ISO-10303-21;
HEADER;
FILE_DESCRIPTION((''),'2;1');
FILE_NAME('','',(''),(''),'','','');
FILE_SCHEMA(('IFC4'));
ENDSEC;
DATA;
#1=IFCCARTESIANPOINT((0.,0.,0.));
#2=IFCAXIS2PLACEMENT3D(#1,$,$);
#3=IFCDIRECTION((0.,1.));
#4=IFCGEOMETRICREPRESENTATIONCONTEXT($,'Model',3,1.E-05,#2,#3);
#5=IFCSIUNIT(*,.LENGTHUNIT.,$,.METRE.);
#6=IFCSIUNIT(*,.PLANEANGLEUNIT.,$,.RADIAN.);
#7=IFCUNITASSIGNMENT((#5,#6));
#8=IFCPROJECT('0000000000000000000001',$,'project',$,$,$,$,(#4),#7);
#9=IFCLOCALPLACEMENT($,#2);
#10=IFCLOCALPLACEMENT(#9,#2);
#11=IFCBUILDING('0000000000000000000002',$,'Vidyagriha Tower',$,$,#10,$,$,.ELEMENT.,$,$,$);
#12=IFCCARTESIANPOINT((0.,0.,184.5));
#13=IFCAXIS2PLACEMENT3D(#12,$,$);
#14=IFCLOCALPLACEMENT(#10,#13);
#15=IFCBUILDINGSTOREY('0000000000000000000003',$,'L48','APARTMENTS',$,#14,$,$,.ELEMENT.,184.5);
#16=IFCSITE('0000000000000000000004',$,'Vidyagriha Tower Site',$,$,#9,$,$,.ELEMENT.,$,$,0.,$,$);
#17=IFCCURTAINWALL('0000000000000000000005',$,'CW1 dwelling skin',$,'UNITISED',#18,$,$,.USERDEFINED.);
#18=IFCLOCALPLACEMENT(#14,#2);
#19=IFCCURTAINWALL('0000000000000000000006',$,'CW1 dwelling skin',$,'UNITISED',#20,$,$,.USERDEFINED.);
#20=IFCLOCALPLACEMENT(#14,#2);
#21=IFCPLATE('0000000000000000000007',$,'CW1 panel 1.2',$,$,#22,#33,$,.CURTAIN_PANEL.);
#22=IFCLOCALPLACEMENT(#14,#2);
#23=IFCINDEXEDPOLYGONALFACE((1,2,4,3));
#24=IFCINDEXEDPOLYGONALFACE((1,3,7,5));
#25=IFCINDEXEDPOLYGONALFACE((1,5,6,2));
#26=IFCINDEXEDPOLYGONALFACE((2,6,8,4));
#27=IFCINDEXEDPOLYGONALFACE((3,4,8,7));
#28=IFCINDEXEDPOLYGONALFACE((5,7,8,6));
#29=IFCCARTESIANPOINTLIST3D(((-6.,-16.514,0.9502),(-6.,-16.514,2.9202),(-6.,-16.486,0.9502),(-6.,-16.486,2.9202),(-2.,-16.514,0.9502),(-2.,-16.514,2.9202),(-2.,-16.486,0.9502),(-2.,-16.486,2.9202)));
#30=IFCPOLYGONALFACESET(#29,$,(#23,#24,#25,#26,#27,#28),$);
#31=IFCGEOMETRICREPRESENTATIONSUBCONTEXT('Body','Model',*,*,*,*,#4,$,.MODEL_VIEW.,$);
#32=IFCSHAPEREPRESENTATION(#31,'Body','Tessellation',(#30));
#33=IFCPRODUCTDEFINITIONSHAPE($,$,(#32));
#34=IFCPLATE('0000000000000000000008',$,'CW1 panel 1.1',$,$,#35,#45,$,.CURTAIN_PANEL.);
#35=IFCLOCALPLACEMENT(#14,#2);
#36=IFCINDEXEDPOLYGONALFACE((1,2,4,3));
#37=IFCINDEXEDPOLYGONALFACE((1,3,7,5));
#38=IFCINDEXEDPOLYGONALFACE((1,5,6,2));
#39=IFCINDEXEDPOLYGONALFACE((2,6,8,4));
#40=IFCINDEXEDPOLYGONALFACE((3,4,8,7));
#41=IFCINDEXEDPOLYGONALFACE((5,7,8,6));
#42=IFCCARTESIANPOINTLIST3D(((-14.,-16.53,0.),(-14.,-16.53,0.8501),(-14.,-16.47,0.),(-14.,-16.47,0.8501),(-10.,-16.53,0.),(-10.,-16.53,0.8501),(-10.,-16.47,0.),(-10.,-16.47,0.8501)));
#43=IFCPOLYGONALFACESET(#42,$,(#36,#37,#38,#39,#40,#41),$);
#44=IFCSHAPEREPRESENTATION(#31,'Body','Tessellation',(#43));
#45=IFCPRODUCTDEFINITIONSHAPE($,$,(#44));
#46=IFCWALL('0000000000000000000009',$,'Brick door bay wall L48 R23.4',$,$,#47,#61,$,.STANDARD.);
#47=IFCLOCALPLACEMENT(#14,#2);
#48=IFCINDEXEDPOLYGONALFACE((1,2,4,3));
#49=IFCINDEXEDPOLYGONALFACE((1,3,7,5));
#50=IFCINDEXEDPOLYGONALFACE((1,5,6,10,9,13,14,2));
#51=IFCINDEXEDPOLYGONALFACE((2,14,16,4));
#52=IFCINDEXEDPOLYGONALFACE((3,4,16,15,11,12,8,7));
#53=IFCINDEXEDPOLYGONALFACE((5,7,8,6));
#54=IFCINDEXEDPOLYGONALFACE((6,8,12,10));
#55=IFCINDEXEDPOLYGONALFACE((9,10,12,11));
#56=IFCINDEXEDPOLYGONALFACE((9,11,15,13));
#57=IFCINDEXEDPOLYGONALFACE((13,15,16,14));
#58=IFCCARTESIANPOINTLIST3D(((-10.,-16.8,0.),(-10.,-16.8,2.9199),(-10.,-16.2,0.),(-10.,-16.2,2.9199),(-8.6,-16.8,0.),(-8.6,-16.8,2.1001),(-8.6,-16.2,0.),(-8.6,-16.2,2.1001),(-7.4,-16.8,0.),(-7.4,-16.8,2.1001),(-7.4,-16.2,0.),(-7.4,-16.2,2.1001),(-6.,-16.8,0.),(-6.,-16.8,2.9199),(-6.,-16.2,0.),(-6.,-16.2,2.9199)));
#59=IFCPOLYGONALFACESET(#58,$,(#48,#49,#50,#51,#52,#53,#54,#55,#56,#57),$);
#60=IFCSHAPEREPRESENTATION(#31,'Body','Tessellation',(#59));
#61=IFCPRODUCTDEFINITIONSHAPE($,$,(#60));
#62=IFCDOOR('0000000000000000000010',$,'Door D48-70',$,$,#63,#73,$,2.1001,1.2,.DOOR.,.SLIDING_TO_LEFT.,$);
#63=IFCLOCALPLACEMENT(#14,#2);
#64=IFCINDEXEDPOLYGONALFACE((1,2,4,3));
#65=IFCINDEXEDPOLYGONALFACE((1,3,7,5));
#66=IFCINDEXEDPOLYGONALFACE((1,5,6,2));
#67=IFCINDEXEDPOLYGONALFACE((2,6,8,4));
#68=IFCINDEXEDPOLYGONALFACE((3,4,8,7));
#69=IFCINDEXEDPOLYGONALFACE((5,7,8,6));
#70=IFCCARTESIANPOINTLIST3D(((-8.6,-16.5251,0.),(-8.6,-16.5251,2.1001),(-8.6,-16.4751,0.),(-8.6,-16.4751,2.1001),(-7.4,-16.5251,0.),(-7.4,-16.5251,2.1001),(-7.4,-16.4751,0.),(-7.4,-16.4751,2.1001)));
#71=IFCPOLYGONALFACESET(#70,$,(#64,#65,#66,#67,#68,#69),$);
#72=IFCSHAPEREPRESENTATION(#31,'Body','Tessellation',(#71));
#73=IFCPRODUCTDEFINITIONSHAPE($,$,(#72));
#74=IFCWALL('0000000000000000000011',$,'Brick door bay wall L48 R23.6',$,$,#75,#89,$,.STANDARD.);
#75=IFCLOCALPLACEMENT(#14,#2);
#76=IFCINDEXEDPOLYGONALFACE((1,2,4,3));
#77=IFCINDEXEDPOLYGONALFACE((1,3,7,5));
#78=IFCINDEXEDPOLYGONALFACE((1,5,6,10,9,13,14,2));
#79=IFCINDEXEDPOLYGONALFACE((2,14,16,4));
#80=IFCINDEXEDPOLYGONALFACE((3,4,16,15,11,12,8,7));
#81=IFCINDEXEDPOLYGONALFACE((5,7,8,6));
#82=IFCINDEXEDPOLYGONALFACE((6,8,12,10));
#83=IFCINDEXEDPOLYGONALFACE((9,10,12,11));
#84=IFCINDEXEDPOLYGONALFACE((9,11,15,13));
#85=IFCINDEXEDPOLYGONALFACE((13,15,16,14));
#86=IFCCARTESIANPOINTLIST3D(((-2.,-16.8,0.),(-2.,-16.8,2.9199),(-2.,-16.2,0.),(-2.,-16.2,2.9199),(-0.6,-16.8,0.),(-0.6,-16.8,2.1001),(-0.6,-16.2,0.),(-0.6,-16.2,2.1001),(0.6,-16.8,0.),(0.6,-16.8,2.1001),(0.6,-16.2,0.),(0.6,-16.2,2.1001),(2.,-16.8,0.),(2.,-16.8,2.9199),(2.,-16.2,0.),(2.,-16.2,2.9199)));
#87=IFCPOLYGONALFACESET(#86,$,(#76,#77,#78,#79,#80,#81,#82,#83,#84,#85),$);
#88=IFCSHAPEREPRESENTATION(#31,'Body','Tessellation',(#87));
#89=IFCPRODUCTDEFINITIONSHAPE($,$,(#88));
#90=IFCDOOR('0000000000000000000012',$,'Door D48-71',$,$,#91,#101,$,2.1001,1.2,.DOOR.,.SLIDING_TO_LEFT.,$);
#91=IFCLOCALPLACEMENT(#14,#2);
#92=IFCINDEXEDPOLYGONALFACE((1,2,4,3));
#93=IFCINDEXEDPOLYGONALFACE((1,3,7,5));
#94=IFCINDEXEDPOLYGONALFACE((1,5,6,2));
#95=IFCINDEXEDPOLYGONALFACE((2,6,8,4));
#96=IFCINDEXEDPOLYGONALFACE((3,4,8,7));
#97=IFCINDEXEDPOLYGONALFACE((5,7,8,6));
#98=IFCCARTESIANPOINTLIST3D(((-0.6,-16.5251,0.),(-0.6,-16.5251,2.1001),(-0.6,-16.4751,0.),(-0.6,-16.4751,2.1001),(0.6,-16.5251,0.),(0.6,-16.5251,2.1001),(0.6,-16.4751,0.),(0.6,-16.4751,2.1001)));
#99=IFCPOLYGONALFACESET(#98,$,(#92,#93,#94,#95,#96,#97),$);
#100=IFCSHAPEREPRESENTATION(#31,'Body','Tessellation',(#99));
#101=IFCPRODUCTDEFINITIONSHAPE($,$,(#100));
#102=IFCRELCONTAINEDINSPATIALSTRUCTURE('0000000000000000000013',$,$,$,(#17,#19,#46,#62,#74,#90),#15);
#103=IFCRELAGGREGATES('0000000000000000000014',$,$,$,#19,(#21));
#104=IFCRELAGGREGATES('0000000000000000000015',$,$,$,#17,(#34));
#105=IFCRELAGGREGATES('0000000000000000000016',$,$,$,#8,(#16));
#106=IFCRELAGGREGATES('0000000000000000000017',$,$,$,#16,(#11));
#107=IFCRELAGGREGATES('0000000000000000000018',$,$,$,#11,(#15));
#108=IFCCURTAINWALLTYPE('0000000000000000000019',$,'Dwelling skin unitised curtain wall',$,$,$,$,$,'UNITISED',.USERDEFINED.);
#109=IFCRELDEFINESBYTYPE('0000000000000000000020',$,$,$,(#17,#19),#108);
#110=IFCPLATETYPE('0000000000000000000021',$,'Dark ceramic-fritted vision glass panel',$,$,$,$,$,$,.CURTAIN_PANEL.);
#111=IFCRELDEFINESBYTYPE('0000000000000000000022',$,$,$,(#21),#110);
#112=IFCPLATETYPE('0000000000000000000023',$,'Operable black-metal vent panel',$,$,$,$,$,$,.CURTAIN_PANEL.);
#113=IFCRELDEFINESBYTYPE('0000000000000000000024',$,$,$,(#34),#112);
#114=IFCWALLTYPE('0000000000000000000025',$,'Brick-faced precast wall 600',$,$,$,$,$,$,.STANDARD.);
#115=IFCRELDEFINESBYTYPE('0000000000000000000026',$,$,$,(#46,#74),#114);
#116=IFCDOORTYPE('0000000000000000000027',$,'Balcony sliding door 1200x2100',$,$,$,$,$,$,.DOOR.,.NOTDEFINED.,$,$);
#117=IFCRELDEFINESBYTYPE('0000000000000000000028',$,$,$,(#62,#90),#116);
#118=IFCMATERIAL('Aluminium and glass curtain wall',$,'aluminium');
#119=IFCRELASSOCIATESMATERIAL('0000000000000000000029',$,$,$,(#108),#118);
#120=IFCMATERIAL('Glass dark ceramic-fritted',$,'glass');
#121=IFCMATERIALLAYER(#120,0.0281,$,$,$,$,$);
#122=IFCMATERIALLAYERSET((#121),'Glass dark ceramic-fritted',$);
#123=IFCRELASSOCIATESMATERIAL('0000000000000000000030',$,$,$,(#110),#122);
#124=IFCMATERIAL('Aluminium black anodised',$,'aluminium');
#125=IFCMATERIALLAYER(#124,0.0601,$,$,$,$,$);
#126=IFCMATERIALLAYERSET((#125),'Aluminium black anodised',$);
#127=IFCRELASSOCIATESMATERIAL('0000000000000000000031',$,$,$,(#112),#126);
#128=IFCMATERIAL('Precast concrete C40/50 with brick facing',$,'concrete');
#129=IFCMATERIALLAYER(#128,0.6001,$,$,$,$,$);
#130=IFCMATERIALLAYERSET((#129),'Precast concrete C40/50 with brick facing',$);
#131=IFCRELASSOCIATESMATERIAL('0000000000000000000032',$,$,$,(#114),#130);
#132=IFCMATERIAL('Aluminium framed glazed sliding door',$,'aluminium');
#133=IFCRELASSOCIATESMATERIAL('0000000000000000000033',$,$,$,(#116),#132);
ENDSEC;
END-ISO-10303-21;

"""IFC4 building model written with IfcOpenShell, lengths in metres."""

from ifc_helpers import new_model, si_unit, direction, frame, frame_2d, origin, origin_2d, place, context, subcontext, project, spatial, rectangle, extrude, material, layer, layer_set, type_object, element, fill, aggregate, save


model = new_model("IFC4")

# Units and contexts
model_context = context("Model", 3, precision=1e-05, world=origin(), true_north=direction((0.0, 1.0)))
body_context = subcontext(model_context, "Body", "Model", "MODEL_VIEW")
ifc_project = project(units=[si_unit("LENGTHUNIT", "METRE"), si_unit("PLANEANGLEUNIT", "RADIAN")], contexts=[model_context])

# Site, building, storey
site_placement = place(None, origin())
site = spatial("IfcSite", under=ifc_project, at=site_placement, Name="Vidyagriha Tower Site", CompositionType="ELEMENT", RefElevation=0.0)
building_placement = place(site_placement, origin())
building = spatial("IfcBuilding", under=site, at=building_placement, Name="Vidyagriha Tower", CompositionType="ELEMENT")
storey_placement = place(building_placement, frame((0.0, 0.0, 184.5)))
storey = spatial("IfcBuildingStorey", under=building, at=storey_placement, Name="L48", Description="APARTMENTS", CompositionType="ELEMENT", Elevation=184.5)

# Curtain walls
ifc_material_1 = material(Name="Aluminium and glass curtain wall", Category="aluminium")
curtain_wall_type = type_object("IfcCurtainWallType", Name="Dwelling skin unitised curtain wall", ElementType="UNITISED", PredefinedType="USERDEFINED", material=ifc_material_1)
curtain_wall_1_placement = place(storey_placement, origin())
curtain_wall_1 = element("IfcCurtainWall", 1, at=curtain_wall_1_placement, inside=storey, type_object=curtain_wall_type, Name="CW1 dwelling skin", ObjectType="UNITISED", PredefinedType="USERDEFINED")
curtain_wall_2_placement = place(storey_placement, origin())
curtain_wall_2 = element("IfcCurtainWall", 2, at=curtain_wall_2_placement, inside=storey, type_object=curtain_wall_type, Name="CW1 dwelling skin", ObjectType="UNITISED", PredefinedType="USERDEFINED")

# Plates
ifc_material_2 = material(Name="Glass dark ceramic-fritted", Category="glass")
ifc_layer_1 = layer(ifc_material_2, 0.0281)
ifc_layer_set_1 = layer_set([ifc_layer_1], Name="Glass dark ceramic-fritted")
plate_type_1 = type_object("IfcPlateType", Name="Dark ceramic-fritted vision glass panel", PredefinedType="CURTAIN_PANEL", material=ifc_layer_set_1)
plate_1_placement = place(storey_placement, frame((-4.0, -16.5, 0.9502)))
plate_1 = element("IfcPlate", 3, at=plate_1_placement, type_object=plate_type_1, Name="CW1 panel 1.2", PredefinedType="CURTAIN_PANEL", context=body_context, shape_type="SweptSolid", body=[
    extrude(rectangle(XDim=4.0, YDim=0.0281, at=origin_2d()), origin(), (0.0, 0.0, 1.0), 1.97),
])
aggregate(curtain_wall_2, [plate_1])
ifc_material_3 = material(Name="Aluminium black anodised", Category="aluminium")
ifc_layer_2 = layer(ifc_material_3, 0.0601)
ifc_layer_set_2 = layer_set([ifc_layer_2], Name="Aluminium black anodised")
plate_type_2 = type_object("IfcPlateType", Name="Operable black-metal vent panel", PredefinedType="CURTAIN_PANEL", material=ifc_layer_set_2)
plate_2_placement = place(storey_placement, frame((-12.0, -16.5, 0.0)))
plate_2 = element("IfcPlate", 4, at=plate_2_placement, type_object=plate_type_2, Name="CW1 panel 1.1", PredefinedType="CURTAIN_PANEL", context=body_context, shape_type="SweptSolid", body=[
    extrude(rectangle(XDim=4.0, YDim=0.0601, at=origin_2d()), origin(), (0.0, 0.0, 1.0), 0.8501),
])
aggregate(curtain_wall_1, [plate_2])

# Walls, openings, doors
ifc_material_4 = material(Name="Precast concrete C40/50 with brick facing", Category="concrete")
ifc_layer_3 = layer(ifc_material_4, 0.6001)
ifc_layer_set_3 = layer_set([ifc_layer_3], Name="Precast concrete C40/50 with brick facing")
wall_type = type_object("IfcWallType", Name="Brick-faced precast wall 600", PredefinedType="STANDARD", material=ifc_layer_set_3)
wall_1_placement = place(storey_placement, frame((-10.0, -16.5, 0.0)))
wall_1 = element("IfcWall", 5, at=wall_1_placement, inside=storey, type_object=wall_type, Name="Brick door bay wall L48 R23.4", PredefinedType="STANDARD", context=body_context, shape_type="SweptSolid", body=[
    extrude(rectangle(XDim=4.0, YDim=0.6001, at=frame_2d((2.0, 0.0))), origin(), (0.0, 0.0, 1.0), 2.9199),
])
opening_1_placement = place(wall_1_placement, frame((1.3999, 0.0, 0.0)))
opening_1 = element("IfcOpeningElement", 6, at=opening_1_placement, cuts=wall_1, PredefinedType="OPENING", context=body_context, shape_type="SweptSolid", body=[
    extrude(rectangle(XDim=1.2, YDim=2.1001, at=frame_2d((0.6001, 1.05))), frame((0.0, 0.3101, 0.0), z_axis=(0.0, -1.0, 0.0), x_axis=(1.0, 0.0, 0.0)), (0.0, 0.0, 1.0), 0.6201),
])
ifc_material_5 = material(Name="Aluminium framed glazed sliding door", Category="aluminium")
door_type = type_object("IfcDoorType", Name="Balcony sliding door 1200x2100", OperationType="NOTDEFINED", PredefinedType="DOOR", material=ifc_material_5)
door_1_placement = place(opening_1_placement, origin())
door_1 = element("IfcDoor", 7, at=door_1_placement, inside=storey, type_object=door_type, Name="Door D48-70", OperationType="SLIDING_TO_LEFT", OverallHeight=2.1001, OverallWidth=1.2, PredefinedType="DOOR", context=body_context, shape_type="SweptSolid", body=[
    extrude(rectangle(XDim=1.2, YDim=2.1001, at=frame_2d((0.6001, 1.05))), frame((0.0, 0.0249, 0.0), z_axis=(0.0, -1.0, 0.0), x_axis=(1.0, 0.0, 0.0)), (0.0, 0.0, 1.0), 0.05),
])
fill(opening_1, door_1)
wall_2_placement = place(storey_placement, frame((-2.0, -16.5, 0.0)))
wall_2 = element("IfcWall", 8, at=wall_2_placement, inside=storey, type_object=wall_type, Name="Brick door bay wall L48 R23.6", PredefinedType="STANDARD", context=body_context, shape_type="SweptSolid", body=[
    extrude(rectangle(XDim=4.0, YDim=0.6001, at=frame_2d((2.0, 0.0))), origin(), (0.0, 0.0, 1.0), 2.9199),
])
opening_2_placement = place(wall_2_placement, frame((1.3999, 0.0, 0.0)))
opening_2 = element("IfcOpeningElement", 9, at=opening_2_placement, cuts=wall_2, PredefinedType="OPENING", context=body_context, shape_type="SweptSolid", body=[
    extrude(rectangle(XDim=1.2, YDim=2.1001, at=frame_2d((0.6001, 1.05))), frame((0.0, 0.3101, 0.0), z_axis=(0.0, -1.0, 0.0), x_axis=(1.0, 0.0, 0.0)), (0.0, 0.0, 1.0), 0.6201),
])
door_2_placement = place(opening_2_placement, origin())
door_2 = element("IfcDoor", 10, at=door_2_placement, inside=storey, type_object=door_type, Name="Door D48-71", OperationType="SLIDING_TO_LEFT", OverallHeight=2.1001, OverallWidth=1.2, PredefinedType="DOOR", context=body_context, shape_type="SweptSolid", body=[
    extrude(rectangle(XDim=1.2, YDim=2.1001, at=frame_2d((0.6001, 1.05))), frame((0.0, 0.0249, 0.0), z_axis=(0.0, -1.0, 0.0), x_axis=(1.0, 0.0, 0.0)), (0.0, 0.0, 1.0), 0.05),
])
fill(opening_2, door_2)

save(model, "model.ifc")
